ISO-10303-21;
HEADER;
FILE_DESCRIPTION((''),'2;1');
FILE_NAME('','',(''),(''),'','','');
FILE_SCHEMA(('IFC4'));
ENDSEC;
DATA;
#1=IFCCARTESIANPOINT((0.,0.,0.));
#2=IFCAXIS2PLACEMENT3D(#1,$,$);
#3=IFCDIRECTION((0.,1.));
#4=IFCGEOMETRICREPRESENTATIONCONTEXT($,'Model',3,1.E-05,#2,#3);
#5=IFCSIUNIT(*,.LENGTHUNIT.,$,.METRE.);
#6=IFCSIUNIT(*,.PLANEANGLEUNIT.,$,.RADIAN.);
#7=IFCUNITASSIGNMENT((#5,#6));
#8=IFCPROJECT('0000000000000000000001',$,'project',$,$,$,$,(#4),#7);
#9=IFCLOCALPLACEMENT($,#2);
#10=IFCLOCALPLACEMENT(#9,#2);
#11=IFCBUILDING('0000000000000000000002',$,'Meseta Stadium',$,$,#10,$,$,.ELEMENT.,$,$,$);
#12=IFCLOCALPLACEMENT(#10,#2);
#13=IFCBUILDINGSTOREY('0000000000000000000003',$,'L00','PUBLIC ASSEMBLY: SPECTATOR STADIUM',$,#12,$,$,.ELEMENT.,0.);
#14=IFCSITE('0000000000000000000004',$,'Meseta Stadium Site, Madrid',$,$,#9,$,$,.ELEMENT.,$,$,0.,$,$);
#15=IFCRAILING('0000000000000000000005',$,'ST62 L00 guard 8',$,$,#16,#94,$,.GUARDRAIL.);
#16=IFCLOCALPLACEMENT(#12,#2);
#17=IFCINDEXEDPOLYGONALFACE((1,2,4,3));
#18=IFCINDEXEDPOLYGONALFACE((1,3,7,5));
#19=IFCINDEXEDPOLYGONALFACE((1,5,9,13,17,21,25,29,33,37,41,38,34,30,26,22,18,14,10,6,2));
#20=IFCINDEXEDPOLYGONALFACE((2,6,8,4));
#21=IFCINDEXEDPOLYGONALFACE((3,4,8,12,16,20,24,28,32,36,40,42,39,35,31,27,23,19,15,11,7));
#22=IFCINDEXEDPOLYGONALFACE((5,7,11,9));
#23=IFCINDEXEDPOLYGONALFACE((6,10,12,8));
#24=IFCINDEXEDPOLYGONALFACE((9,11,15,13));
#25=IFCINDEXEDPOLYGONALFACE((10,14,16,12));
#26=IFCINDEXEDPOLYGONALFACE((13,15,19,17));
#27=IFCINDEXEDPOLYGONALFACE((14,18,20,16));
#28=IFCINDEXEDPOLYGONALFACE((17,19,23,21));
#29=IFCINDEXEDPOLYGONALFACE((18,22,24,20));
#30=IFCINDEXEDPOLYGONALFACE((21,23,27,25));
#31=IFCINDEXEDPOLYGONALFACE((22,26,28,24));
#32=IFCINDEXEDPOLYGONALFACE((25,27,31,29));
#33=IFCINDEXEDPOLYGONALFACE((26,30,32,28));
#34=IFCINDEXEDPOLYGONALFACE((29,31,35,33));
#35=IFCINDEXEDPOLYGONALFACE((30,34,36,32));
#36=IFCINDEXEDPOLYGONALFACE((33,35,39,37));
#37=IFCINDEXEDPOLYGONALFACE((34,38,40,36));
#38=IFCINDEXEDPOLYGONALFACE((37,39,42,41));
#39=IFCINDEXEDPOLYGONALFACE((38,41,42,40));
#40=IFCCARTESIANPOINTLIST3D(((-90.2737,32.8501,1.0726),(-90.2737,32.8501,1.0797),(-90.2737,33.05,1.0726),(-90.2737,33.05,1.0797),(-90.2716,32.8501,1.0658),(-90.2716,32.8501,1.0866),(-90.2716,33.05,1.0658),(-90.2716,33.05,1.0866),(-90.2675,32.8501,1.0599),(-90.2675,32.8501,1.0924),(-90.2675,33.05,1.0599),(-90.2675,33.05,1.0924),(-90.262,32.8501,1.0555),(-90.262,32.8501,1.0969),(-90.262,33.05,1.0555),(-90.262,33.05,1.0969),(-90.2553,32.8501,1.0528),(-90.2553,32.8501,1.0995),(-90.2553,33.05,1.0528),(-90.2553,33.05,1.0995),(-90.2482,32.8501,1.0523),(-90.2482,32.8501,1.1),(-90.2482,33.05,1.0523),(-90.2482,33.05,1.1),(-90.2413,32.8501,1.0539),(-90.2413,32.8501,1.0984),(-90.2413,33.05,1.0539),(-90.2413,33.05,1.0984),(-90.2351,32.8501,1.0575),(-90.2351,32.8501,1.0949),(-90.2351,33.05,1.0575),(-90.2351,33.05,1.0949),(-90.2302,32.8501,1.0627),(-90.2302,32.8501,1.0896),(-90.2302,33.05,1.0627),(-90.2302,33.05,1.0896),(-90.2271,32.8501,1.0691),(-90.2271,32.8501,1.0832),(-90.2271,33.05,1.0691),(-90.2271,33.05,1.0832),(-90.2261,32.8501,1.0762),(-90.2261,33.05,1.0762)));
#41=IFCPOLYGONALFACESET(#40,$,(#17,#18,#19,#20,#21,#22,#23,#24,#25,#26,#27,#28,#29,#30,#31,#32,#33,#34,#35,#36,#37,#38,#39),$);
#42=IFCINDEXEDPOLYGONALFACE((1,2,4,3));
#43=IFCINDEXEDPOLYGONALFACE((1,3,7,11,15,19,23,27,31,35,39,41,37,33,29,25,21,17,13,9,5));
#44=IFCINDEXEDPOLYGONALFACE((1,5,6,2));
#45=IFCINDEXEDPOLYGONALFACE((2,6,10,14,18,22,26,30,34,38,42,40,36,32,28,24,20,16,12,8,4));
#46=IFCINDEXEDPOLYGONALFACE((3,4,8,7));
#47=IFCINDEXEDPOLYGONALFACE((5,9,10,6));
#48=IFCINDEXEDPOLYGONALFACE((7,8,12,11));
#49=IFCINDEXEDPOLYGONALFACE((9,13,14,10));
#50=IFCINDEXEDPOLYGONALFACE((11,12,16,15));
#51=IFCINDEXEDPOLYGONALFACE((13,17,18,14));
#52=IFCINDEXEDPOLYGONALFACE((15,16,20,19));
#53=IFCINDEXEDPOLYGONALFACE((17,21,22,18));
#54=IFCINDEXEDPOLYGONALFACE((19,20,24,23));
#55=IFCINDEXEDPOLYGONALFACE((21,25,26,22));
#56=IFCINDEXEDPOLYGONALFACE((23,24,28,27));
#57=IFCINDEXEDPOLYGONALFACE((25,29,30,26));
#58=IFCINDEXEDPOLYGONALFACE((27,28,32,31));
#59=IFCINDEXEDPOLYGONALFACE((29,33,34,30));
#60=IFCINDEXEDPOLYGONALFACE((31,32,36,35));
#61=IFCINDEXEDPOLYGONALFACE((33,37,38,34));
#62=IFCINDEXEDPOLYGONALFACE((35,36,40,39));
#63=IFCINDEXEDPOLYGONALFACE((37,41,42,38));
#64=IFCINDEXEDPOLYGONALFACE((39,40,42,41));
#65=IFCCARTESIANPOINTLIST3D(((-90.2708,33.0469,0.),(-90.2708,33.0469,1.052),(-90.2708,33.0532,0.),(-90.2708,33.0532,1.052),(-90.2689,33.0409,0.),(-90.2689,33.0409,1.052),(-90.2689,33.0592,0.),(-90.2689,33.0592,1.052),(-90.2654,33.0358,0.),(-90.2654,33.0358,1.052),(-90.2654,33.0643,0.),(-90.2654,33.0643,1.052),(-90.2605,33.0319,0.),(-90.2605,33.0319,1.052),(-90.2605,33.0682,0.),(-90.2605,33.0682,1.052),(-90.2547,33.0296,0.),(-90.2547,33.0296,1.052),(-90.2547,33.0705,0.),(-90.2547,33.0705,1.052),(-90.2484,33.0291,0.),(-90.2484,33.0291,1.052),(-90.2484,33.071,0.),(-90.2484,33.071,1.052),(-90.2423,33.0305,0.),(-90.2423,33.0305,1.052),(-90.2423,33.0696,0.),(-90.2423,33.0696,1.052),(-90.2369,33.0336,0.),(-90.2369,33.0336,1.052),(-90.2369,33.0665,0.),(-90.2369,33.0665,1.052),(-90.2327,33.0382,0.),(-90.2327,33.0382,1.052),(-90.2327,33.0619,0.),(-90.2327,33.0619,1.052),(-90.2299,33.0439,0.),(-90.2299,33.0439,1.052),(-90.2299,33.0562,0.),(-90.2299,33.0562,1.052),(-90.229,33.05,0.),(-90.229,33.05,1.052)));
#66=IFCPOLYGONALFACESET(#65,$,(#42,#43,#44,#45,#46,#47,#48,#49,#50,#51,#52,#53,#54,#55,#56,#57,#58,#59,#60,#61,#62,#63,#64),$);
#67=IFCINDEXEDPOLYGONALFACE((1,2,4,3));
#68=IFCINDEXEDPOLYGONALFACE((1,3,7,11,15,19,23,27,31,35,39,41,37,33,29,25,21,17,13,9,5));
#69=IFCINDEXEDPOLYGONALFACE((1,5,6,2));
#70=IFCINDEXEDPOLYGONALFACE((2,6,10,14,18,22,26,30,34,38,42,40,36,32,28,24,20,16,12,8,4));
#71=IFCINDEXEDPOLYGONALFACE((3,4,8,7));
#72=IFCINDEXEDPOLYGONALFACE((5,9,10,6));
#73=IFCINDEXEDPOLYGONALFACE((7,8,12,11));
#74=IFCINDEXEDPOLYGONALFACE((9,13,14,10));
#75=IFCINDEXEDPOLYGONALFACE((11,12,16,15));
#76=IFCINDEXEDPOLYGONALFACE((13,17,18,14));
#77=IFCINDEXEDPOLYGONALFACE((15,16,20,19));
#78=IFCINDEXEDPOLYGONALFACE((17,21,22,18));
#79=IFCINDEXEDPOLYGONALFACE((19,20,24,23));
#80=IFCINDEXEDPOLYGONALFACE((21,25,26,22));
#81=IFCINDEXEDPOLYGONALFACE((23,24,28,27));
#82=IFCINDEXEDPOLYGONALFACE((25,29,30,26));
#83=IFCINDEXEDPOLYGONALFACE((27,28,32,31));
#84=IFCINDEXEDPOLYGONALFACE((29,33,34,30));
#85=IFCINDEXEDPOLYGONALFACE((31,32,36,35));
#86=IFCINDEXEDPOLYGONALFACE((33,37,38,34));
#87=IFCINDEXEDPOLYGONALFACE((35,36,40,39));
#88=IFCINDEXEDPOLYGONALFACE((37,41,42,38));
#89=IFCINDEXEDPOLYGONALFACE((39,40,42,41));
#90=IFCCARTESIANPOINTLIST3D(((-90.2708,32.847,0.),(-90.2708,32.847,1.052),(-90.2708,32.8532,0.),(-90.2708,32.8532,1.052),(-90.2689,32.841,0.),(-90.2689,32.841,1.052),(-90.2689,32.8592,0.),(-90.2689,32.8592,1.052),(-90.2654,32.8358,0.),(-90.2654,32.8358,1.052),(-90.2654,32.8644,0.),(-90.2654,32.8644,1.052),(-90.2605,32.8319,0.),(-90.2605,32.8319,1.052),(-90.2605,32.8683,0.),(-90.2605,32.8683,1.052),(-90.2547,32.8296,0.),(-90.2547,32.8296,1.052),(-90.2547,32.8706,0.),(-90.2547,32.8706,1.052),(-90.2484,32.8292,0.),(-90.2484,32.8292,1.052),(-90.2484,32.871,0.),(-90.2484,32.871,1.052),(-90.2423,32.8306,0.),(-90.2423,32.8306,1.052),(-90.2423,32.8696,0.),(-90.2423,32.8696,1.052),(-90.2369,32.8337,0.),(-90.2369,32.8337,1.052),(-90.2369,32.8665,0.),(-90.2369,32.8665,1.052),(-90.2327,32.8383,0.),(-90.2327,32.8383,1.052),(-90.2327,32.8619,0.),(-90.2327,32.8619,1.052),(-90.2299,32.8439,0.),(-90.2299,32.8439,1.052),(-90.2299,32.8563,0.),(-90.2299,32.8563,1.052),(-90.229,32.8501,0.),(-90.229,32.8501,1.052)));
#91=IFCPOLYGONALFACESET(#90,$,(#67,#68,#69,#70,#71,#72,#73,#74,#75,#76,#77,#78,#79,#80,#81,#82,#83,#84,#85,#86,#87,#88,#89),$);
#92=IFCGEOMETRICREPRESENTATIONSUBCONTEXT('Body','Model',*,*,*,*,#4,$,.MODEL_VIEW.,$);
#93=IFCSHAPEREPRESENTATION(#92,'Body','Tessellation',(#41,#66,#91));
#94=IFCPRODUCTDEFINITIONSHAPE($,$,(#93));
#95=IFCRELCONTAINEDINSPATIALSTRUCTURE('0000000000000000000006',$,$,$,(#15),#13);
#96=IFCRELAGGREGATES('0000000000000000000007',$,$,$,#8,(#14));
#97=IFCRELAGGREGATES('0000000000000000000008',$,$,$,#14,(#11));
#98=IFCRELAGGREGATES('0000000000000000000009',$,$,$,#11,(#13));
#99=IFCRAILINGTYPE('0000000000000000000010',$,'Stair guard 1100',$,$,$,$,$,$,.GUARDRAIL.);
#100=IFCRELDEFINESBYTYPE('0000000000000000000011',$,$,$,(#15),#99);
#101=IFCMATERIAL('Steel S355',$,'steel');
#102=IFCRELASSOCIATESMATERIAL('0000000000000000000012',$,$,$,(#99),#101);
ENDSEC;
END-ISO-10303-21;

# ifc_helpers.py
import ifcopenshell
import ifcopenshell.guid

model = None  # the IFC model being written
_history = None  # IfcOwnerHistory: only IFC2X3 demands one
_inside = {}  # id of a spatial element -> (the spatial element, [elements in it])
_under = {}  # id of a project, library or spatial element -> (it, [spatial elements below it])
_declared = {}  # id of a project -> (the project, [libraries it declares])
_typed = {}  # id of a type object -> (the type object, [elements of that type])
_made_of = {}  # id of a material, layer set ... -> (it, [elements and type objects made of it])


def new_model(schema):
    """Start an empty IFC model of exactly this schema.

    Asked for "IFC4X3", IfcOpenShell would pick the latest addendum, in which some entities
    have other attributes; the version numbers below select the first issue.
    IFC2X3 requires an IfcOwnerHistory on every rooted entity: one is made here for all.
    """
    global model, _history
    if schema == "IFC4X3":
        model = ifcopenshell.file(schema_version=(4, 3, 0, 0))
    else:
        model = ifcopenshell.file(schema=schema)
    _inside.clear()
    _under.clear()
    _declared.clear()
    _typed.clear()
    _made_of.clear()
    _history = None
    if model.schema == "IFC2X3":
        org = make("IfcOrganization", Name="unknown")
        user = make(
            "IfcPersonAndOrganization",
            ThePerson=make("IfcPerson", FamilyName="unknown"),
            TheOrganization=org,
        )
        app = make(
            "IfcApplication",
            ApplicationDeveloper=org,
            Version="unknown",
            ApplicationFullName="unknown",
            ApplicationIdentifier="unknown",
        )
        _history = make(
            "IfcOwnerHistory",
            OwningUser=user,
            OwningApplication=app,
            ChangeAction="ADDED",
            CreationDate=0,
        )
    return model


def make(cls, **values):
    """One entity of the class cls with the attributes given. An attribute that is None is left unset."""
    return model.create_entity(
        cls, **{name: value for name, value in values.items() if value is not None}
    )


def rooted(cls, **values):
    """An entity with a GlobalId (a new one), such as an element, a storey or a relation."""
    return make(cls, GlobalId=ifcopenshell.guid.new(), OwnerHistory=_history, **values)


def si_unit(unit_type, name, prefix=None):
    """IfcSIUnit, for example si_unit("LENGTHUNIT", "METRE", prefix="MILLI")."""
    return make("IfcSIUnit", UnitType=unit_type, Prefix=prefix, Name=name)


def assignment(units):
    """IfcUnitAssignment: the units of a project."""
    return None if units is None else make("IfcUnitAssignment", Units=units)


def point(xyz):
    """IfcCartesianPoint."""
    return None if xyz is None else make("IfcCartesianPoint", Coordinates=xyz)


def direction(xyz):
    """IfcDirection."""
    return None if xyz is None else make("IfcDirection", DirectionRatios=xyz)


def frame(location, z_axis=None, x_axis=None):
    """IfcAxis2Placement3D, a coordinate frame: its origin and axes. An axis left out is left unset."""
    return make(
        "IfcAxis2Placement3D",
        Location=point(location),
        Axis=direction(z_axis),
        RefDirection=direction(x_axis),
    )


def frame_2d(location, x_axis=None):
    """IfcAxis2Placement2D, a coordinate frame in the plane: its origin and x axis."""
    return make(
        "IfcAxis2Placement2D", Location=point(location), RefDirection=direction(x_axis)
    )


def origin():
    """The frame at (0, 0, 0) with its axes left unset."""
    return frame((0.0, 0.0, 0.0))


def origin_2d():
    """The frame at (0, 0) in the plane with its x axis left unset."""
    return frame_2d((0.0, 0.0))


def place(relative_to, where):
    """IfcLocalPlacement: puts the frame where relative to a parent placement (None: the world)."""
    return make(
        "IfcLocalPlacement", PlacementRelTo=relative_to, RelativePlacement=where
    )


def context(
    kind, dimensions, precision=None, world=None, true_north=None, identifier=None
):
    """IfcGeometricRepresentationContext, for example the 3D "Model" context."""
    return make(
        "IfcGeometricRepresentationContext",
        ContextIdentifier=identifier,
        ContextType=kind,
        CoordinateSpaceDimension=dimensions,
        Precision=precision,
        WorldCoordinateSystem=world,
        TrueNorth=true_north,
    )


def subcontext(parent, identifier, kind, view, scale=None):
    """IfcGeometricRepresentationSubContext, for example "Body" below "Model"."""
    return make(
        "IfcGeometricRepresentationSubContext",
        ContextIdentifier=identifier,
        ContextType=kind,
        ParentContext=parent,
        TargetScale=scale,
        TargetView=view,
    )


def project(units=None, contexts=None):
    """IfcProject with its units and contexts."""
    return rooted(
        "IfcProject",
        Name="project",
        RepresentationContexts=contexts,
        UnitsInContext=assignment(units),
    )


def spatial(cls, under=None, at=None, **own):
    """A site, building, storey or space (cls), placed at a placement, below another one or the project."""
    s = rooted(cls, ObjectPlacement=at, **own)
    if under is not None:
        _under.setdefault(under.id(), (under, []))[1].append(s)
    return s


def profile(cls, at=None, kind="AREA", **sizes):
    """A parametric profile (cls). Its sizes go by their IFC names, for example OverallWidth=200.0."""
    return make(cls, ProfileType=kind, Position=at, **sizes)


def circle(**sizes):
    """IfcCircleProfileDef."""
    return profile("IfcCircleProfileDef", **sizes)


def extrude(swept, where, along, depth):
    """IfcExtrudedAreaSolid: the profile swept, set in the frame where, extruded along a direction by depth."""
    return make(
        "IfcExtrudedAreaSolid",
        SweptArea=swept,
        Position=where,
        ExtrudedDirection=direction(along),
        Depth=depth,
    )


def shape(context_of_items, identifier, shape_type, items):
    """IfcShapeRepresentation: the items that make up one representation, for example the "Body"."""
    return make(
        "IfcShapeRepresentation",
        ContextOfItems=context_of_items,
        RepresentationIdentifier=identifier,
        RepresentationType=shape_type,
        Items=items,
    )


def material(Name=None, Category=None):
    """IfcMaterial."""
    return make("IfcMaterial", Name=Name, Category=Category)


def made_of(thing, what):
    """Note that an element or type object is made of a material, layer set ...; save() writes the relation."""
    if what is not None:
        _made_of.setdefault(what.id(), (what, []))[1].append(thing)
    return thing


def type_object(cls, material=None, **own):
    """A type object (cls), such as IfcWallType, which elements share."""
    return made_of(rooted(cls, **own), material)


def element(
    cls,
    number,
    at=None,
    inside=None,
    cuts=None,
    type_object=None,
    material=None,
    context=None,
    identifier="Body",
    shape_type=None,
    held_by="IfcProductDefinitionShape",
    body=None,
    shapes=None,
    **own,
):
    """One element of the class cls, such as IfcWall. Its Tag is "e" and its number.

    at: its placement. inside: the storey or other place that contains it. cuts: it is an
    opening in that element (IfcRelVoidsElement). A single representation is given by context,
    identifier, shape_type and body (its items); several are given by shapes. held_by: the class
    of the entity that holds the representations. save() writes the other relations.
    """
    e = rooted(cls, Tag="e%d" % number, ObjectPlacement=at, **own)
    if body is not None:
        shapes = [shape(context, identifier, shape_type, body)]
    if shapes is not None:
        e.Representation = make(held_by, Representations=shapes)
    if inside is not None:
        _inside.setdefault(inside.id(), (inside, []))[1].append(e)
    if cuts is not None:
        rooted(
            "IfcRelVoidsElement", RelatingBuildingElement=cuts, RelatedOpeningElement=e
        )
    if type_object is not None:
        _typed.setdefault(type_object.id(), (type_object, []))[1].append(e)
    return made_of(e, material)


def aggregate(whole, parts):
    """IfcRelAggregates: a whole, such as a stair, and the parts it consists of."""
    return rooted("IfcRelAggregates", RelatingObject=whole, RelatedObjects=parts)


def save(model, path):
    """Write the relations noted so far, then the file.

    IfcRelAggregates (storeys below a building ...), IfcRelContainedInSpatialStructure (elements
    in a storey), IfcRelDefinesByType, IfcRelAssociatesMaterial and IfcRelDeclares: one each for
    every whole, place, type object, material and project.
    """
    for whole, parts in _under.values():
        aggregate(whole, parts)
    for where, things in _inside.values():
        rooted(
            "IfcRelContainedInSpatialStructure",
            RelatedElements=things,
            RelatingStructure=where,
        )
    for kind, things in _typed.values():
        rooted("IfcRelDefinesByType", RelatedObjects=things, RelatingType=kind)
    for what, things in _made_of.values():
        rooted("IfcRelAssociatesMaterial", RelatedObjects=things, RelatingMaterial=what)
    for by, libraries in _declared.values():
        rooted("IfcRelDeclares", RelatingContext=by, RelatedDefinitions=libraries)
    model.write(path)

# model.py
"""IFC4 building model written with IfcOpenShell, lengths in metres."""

from ifc_helpers import new_model, si_unit, direction, frame, origin, origin_2d, place, context, subcontext, project, spatial, circle, extrude, material, type_object, element, save


model = new_model("IFC4")

# Units and contexts
model_context = context("Model", 3, precision=1e-05, world=origin(), true_north=direction((0.0, 1.0)))
body_context = subcontext(model_context, "Body", "Model", "MODEL_VIEW")
ifc_project = project(units=[si_unit("LENGTHUNIT", "METRE"), si_unit("PLANEANGLEUNIT", "RADIAN")], contexts=[model_context])

# Site, building, storey
site_placement = place(None, origin())
site = spatial("IfcSite", under=ifc_project, at=site_placement, Name="Meseta Stadium Site, Madrid", CompositionType="ELEMENT", RefElevation=0.0)
building_placement = place(site_placement, origin())
building = spatial("IfcBuilding", under=site, at=building_placement, Name="Meseta Stadium", CompositionType="ELEMENT")
storey_placement = place(building_placement, origin())
storey = spatial("IfcBuildingStorey", under=building, at=storey_placement, Name="L00", Description="PUBLIC ASSEMBLY: SPECTATOR STADIUM", CompositionType="ELEMENT", Elevation=0.0)

# Railing
ifc_material_1 = material(Name="Steel S355", Category="steel")
railing_type_1 = type_object("IfcRailingType", Name="Stair guard 1100", PredefinedType="GUARDRAIL", material=ifc_material_1)
railing_1_placement = place(storey_placement, frame((-90.25, 33.05, 0.0)))
element("IfcRailing", 1, at=railing_1_placement, inside=storey, type_object=railing_type_1, Name="ST62 L00 guard 8", PredefinedType="GUARDRAIL", context=body_context, shape_type="SweptSolid", body=[
    extrude(circle(Radius=0.0239, at=origin_2d()), frame((0.0, 0.0, 1.0762), z_axis=(0.0, -1.0, 0.0), x_axis=(1.0, 0.0, 0.0)), (0.0, 0.0, 1.0), 0.2),
    extrude(circle(Radius=0.021, at=origin_2d()), origin(), (0.0, 0.0, 1.0), 1.052),
    extrude(circle(Radius=0.021, at=origin_2d()), frame((0.0, -0.2, 0.0)), (0.0, 0.0, 1.0), 1.052),
])

save(model, "model.ifc")
